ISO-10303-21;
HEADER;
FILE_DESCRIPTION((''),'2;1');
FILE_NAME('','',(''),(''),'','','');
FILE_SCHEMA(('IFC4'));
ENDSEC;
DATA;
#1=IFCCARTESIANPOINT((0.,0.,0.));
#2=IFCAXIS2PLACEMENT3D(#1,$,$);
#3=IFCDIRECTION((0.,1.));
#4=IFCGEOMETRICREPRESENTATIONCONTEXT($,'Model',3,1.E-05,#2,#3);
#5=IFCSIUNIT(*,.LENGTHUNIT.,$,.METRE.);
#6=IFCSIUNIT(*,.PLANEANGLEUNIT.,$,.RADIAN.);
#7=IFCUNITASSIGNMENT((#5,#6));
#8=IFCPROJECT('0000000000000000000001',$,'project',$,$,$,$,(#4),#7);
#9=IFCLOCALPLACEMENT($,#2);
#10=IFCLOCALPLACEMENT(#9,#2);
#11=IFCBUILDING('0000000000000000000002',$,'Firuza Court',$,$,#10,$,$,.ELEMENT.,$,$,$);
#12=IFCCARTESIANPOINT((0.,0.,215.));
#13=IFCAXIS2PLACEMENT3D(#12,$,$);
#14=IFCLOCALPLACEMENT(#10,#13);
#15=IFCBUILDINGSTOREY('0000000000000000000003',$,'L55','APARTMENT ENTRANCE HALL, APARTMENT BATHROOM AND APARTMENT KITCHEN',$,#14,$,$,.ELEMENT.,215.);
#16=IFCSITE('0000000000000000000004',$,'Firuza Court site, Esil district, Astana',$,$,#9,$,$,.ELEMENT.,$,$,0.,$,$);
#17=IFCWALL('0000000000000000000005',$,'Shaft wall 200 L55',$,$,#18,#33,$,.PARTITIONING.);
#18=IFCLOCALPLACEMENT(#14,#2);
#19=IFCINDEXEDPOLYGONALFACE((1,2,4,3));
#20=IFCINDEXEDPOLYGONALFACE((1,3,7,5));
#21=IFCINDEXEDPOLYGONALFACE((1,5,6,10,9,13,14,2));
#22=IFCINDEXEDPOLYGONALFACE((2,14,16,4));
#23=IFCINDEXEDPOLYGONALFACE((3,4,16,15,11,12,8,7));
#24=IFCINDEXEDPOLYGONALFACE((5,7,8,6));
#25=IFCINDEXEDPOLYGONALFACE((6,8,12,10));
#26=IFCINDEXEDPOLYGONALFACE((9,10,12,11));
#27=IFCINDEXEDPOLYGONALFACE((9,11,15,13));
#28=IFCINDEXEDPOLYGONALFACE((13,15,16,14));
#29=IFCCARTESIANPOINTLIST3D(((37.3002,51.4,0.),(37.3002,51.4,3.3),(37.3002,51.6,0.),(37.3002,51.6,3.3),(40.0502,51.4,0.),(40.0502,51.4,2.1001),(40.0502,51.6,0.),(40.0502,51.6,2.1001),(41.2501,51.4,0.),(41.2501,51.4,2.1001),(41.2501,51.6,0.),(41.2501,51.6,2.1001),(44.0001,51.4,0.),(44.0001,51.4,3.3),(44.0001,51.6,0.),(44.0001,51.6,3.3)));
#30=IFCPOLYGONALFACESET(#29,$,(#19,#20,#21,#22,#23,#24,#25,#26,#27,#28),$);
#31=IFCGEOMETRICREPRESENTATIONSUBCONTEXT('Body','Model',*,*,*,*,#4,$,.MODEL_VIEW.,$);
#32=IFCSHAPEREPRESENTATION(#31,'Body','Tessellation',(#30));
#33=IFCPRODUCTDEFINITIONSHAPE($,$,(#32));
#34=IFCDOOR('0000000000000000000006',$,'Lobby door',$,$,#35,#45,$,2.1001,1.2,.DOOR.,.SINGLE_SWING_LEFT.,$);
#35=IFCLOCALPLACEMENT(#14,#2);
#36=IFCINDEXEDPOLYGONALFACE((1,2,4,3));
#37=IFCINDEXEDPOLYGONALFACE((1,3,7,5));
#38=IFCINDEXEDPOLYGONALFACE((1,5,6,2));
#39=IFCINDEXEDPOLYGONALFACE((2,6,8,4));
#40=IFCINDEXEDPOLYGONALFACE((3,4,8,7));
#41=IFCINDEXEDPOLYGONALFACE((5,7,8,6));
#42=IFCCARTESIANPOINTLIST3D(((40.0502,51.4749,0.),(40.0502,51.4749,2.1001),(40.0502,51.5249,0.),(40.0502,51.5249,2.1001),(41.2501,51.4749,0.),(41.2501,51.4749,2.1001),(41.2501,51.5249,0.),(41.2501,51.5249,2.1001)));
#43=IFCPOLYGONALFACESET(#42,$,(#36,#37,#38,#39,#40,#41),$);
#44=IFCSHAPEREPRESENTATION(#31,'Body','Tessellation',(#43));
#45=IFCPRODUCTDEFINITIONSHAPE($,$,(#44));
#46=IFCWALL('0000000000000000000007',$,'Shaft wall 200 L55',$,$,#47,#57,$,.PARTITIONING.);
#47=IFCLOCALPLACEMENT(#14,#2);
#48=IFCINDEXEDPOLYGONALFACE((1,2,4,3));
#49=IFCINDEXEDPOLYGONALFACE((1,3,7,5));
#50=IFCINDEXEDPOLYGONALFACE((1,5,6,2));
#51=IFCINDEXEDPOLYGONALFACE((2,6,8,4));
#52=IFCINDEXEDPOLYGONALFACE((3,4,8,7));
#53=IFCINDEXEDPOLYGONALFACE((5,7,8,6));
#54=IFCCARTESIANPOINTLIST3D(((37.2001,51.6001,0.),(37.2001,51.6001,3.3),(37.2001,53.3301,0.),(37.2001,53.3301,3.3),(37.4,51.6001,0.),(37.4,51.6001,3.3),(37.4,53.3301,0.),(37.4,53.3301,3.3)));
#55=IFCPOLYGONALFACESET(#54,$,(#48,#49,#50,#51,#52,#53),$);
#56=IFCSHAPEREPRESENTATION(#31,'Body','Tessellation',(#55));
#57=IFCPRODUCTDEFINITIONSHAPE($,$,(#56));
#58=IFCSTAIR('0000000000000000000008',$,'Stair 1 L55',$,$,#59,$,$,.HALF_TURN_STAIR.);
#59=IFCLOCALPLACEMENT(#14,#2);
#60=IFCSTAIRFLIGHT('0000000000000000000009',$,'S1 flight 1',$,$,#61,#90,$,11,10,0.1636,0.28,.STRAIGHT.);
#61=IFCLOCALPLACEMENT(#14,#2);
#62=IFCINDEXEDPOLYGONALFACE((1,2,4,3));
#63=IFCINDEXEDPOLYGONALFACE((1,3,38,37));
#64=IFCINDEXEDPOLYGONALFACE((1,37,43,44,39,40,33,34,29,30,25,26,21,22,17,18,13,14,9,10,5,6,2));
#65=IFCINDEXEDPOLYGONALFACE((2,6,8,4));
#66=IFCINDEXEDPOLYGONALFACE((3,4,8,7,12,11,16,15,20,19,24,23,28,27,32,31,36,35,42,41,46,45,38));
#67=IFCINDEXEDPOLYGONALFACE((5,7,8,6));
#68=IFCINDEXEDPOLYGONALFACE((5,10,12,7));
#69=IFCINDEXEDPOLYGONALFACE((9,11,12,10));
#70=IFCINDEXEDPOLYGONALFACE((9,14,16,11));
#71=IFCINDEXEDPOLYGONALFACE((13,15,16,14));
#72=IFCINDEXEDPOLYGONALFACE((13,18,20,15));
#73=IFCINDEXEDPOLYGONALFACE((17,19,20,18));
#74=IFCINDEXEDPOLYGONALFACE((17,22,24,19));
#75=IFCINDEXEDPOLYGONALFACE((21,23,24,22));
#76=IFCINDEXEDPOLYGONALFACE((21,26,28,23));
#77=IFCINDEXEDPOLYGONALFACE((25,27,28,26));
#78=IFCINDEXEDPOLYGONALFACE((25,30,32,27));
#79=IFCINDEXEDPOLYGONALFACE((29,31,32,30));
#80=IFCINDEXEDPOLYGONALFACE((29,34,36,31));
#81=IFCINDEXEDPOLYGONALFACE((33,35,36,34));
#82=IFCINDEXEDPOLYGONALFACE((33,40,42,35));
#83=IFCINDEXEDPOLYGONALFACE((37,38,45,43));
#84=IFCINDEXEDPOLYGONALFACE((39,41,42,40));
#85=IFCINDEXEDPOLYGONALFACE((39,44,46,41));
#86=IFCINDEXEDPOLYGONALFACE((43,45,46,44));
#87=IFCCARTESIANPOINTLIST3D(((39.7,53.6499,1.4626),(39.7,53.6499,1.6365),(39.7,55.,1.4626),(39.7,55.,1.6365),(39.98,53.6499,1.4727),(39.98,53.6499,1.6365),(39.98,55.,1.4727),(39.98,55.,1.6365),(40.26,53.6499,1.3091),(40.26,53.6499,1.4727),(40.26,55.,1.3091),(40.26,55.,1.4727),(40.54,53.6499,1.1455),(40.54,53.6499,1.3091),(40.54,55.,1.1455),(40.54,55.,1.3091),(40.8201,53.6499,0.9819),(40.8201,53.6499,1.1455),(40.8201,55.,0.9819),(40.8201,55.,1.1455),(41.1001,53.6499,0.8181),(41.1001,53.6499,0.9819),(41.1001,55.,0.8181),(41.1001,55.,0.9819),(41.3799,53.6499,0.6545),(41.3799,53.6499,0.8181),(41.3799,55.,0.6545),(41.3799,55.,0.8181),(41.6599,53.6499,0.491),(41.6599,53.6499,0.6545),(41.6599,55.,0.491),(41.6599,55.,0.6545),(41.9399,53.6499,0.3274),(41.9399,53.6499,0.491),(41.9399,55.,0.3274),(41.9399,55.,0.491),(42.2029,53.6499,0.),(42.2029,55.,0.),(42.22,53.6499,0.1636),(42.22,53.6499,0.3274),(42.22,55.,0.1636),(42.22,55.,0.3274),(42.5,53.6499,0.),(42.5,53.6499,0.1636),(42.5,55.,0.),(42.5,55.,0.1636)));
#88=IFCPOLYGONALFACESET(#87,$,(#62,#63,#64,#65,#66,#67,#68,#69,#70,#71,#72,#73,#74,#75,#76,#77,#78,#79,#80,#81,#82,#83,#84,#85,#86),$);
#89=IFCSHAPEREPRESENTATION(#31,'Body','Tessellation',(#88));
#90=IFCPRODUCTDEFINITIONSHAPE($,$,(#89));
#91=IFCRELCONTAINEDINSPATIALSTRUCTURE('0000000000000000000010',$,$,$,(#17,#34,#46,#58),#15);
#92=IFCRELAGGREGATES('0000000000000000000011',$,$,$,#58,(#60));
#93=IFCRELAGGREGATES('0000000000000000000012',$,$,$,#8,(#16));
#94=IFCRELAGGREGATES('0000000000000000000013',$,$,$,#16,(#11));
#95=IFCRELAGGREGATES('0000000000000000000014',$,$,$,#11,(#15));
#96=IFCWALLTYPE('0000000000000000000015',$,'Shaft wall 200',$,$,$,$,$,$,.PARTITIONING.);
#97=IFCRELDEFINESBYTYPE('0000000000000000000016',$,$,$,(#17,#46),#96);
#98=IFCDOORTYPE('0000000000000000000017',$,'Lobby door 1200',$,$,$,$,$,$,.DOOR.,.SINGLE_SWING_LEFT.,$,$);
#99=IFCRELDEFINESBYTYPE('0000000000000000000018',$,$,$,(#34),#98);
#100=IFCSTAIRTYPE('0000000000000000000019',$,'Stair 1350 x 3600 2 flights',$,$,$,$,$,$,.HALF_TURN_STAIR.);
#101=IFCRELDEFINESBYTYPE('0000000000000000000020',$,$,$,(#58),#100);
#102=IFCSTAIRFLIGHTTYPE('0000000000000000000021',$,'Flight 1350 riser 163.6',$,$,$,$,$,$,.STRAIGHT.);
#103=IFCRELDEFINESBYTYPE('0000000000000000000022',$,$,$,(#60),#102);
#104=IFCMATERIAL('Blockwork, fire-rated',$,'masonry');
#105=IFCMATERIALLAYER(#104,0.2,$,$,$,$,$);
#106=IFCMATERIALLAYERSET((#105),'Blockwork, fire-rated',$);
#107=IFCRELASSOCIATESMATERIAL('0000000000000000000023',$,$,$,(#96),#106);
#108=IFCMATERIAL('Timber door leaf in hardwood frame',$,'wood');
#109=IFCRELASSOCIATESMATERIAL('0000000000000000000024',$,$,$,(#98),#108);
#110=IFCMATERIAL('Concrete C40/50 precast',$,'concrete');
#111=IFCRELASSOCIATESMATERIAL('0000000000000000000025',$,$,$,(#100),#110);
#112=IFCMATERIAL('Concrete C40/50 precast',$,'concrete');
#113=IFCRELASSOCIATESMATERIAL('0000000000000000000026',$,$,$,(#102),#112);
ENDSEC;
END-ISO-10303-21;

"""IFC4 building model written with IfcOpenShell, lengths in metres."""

from ifc_helpers import new_model, si_unit, direction, frame, frame_2d, origin, place, context, subcontext, project, spatial, polyline, rectangle, outline, extrude, material, layer, layer_set, type_object, element, fill, aggregate, save


model = new_model("IFC4")

# Units and contexts
model_context = context("Model", 3, precision=1e-05, world=origin(), true_north=direction((0.0, 1.0)))
body_context = subcontext(model_context, "Body", "Model", "MODEL_VIEW")
ifc_project = project(units=[si_unit("LENGTHUNIT", "METRE"), si_unit("PLANEANGLEUNIT", "RADIAN")], contexts=[model_context])

# Site, building, storey
site_placement = place(None, origin())
site = spatial("IfcSite", under=ifc_project, at=site_placement, Name="Firuza Court site, Esil district, Astana", CompositionType="ELEMENT", RefElevation=0.0)
building_placement = place(site_placement, origin())
building = spatial("IfcBuilding", under=site, at=building_placement, Name="Firuza Court", CompositionType="ELEMENT")
storey_placement = place(building_placement, frame((0.0, 0.0, 215.0)))
storey = spatial("IfcBuildingStorey", under=building, at=storey_placement, Name="L55", Description="APARTMENT ENTRANCE HALL, APARTMENT BATHROOM AND APARTMENT KITCHEN", CompositionType="ELEMENT", Elevation=215.0)

# Shared definitions
ifc_material_1 = material(Name="Blockwork, fire-rated", Category="masonry")

# Shared definitions
ifc_layer_1 = layer(ifc_material_1, 0.2)
ifc_layer_set_1 = layer_set([ifc_layer_1], Name="Blockwork, fire-rated")
wall_type_1 = type_object("IfcWallType", Name="Shaft wall 200", PredefinedType="PARTITIONING", material=ifc_layer_set_1)

# Wall, opening, door
wall_1_placement = place(storey_placement, frame((37.3, 51.5, 0.0), z_axis=(0.0, 0.0, 1.0), x_axis=(1.0, 0.0, 0.0)))
wall_1 = element("IfcWall", 1, at=wall_1_placement, inside=storey, type_object=wall_type_1, Name="Shaft wall 200 L55", PredefinedType="PARTITIONING", context=body_context, shape_type="SweptSolid", body=[
    extrude(rectangle(XDim=6.7, YDim=0.2, at=frame_2d((3.3501, 0.0))), origin(), (0.0, 0.0, 1.0), 3.3),
])
opening_1_placement = place(wall_1_placement, frame((2.75, 0.0, 0.0)))
opening_1 = element("IfcOpeningElement", 2, at=opening_1_placement, cuts=wall_1, PredefinedType="OPENING", context=body_context, shape_type="SweptSolid", body=[
    extrude(rectangle(XDim=1.2, YDim=2.1001, at=frame_2d((0.6001, 1.05))), frame((0.0, 0.1118, 0.0), z_axis=(0.0, -1.0, 0.0), x_axis=(1.0, 0.0, 0.0)), (0.0, 0.0, 1.0), 0.2239),
])
ifc_material_2 = material(Name="Timber door leaf in hardwood frame", Category="wood")
door_type_1 = type_object("IfcDoorType", Name="Lobby door 1200", OperationType="SINGLE_SWING_LEFT", PredefinedType="DOOR", material=ifc_material_2)
door_1_placement = place(opening_1_placement, origin())
door_1 = element("IfcDoor", 3, at=door_1_placement, inside=storey, type_object=door_type_1, Name="Lobby door", OperationType="SINGLE_SWING_LEFT", OverallHeight=2.1001, OverallWidth=1.2, PredefinedType="DOOR", context=body_context, shape_type="SweptSolid", body=[
    extrude(rectangle(XDim=1.2, YDim=2.1001, at=frame_2d((0.6001, 1.05))), frame((0.0, 0.0249, 0.0), z_axis=(0.0, -1.0, 0.0), x_axis=(1.0, 0.0, 0.0)), (0.0, 0.0, 1.0), 0.05),
])
fill(opening_1, door_1)

# Wall
wall_2_placement = place(storey_placement, frame((37.3, 51.6001, 0.0), z_axis=(0.0, 0.0, 1.0), x_axis=(0.0, 1.0, 0.0)))
element("IfcWall", 4, at=wall_2_placement, inside=storey, type_object=wall_type_1, Name="Shaft wall 200 L55", PredefinedType="PARTITIONING", context=body_context, shape_type="SweptSolid", body=[
    extrude(rectangle(XDim=1.73, YDim=0.2, at=frame_2d((0.865, 0.0))), origin(), (0.0, 0.0, 1.0), 3.3),
])

# Stair, stair flight
ifc_material_3 = material(Name="Concrete C40/50 precast", Category="concrete")
stair_type = type_object("IfcStairType", Name="Stair 1350 x 3600 2 flights", PredefinedType="HALF_TURN_STAIR", material=ifc_material_3)
stair_placement = place(storey_placement, origin())
stair = element("IfcStair", 5, at=stair_placement, inside=storey, type_object=stair_type, Name="Stair 1 L55", PredefinedType="HALF_TURN_STAIR")
ifc_material_4 = material(Name="Concrete C40/50 precast", Category="concrete")
stair_flight_type = type_object("IfcStairFlightType", Name="Flight 1350 riser 163.6", PredefinedType="STRAIGHT", material=ifc_material_4)
stair_flight_placement = place(storey_placement, frame((42.5, 54.325, 0.0), z_axis=(0.0, 0.0, 1.0), x_axis=(-1.0, 0.0, 0.0)))
stair_flight = element("IfcStairFlight", 6, at=stair_flight_placement, type_object=stair_flight_type, Name="S1 flight 1", NumberOfRisers=11, NumberOfTreads=10, PredefinedType="STRAIGHT", RiserHeight=0.1636, TreadLength=0.28, context=body_context, shape_type="SweptSolid", body=[
    extrude(outline(polyline([(0.0, 0.0), (0.0, 0.1636), (0.28, 0.1636), (0.28, 0.3274), (0.5601, 0.3274), (0.5601, 0.491), (0.8401, 0.491), (0.8401, 0.6545), (1.1201, 0.6545), (1.1201, 0.8181), (1.3999, 0.8181), (1.3999, 0.9819), (1.6799, 0.9819), (1.6799, 1.1455), (1.96, 1.1455), (1.96, 1.3091), (2.24, 1.3091), (2.24, 1.4727), (2.52, 1.4727), (2.52, 1.6365), (2.8, 1.6365), (2.8, 1.8), (2.8, 1.4626), (0.2971, 0.0), (0.0, 0.0)])), frame((0.0, 0.675, 0.0), z_axis=(0.0, -1.0, 0.0), x_axis=(1.0, 0.0, 0.0)), (0.0, 0.0, 1.0), 1.3501),
])
aggregate(stair, [stair_flight])

save(model, "model.ifc")
